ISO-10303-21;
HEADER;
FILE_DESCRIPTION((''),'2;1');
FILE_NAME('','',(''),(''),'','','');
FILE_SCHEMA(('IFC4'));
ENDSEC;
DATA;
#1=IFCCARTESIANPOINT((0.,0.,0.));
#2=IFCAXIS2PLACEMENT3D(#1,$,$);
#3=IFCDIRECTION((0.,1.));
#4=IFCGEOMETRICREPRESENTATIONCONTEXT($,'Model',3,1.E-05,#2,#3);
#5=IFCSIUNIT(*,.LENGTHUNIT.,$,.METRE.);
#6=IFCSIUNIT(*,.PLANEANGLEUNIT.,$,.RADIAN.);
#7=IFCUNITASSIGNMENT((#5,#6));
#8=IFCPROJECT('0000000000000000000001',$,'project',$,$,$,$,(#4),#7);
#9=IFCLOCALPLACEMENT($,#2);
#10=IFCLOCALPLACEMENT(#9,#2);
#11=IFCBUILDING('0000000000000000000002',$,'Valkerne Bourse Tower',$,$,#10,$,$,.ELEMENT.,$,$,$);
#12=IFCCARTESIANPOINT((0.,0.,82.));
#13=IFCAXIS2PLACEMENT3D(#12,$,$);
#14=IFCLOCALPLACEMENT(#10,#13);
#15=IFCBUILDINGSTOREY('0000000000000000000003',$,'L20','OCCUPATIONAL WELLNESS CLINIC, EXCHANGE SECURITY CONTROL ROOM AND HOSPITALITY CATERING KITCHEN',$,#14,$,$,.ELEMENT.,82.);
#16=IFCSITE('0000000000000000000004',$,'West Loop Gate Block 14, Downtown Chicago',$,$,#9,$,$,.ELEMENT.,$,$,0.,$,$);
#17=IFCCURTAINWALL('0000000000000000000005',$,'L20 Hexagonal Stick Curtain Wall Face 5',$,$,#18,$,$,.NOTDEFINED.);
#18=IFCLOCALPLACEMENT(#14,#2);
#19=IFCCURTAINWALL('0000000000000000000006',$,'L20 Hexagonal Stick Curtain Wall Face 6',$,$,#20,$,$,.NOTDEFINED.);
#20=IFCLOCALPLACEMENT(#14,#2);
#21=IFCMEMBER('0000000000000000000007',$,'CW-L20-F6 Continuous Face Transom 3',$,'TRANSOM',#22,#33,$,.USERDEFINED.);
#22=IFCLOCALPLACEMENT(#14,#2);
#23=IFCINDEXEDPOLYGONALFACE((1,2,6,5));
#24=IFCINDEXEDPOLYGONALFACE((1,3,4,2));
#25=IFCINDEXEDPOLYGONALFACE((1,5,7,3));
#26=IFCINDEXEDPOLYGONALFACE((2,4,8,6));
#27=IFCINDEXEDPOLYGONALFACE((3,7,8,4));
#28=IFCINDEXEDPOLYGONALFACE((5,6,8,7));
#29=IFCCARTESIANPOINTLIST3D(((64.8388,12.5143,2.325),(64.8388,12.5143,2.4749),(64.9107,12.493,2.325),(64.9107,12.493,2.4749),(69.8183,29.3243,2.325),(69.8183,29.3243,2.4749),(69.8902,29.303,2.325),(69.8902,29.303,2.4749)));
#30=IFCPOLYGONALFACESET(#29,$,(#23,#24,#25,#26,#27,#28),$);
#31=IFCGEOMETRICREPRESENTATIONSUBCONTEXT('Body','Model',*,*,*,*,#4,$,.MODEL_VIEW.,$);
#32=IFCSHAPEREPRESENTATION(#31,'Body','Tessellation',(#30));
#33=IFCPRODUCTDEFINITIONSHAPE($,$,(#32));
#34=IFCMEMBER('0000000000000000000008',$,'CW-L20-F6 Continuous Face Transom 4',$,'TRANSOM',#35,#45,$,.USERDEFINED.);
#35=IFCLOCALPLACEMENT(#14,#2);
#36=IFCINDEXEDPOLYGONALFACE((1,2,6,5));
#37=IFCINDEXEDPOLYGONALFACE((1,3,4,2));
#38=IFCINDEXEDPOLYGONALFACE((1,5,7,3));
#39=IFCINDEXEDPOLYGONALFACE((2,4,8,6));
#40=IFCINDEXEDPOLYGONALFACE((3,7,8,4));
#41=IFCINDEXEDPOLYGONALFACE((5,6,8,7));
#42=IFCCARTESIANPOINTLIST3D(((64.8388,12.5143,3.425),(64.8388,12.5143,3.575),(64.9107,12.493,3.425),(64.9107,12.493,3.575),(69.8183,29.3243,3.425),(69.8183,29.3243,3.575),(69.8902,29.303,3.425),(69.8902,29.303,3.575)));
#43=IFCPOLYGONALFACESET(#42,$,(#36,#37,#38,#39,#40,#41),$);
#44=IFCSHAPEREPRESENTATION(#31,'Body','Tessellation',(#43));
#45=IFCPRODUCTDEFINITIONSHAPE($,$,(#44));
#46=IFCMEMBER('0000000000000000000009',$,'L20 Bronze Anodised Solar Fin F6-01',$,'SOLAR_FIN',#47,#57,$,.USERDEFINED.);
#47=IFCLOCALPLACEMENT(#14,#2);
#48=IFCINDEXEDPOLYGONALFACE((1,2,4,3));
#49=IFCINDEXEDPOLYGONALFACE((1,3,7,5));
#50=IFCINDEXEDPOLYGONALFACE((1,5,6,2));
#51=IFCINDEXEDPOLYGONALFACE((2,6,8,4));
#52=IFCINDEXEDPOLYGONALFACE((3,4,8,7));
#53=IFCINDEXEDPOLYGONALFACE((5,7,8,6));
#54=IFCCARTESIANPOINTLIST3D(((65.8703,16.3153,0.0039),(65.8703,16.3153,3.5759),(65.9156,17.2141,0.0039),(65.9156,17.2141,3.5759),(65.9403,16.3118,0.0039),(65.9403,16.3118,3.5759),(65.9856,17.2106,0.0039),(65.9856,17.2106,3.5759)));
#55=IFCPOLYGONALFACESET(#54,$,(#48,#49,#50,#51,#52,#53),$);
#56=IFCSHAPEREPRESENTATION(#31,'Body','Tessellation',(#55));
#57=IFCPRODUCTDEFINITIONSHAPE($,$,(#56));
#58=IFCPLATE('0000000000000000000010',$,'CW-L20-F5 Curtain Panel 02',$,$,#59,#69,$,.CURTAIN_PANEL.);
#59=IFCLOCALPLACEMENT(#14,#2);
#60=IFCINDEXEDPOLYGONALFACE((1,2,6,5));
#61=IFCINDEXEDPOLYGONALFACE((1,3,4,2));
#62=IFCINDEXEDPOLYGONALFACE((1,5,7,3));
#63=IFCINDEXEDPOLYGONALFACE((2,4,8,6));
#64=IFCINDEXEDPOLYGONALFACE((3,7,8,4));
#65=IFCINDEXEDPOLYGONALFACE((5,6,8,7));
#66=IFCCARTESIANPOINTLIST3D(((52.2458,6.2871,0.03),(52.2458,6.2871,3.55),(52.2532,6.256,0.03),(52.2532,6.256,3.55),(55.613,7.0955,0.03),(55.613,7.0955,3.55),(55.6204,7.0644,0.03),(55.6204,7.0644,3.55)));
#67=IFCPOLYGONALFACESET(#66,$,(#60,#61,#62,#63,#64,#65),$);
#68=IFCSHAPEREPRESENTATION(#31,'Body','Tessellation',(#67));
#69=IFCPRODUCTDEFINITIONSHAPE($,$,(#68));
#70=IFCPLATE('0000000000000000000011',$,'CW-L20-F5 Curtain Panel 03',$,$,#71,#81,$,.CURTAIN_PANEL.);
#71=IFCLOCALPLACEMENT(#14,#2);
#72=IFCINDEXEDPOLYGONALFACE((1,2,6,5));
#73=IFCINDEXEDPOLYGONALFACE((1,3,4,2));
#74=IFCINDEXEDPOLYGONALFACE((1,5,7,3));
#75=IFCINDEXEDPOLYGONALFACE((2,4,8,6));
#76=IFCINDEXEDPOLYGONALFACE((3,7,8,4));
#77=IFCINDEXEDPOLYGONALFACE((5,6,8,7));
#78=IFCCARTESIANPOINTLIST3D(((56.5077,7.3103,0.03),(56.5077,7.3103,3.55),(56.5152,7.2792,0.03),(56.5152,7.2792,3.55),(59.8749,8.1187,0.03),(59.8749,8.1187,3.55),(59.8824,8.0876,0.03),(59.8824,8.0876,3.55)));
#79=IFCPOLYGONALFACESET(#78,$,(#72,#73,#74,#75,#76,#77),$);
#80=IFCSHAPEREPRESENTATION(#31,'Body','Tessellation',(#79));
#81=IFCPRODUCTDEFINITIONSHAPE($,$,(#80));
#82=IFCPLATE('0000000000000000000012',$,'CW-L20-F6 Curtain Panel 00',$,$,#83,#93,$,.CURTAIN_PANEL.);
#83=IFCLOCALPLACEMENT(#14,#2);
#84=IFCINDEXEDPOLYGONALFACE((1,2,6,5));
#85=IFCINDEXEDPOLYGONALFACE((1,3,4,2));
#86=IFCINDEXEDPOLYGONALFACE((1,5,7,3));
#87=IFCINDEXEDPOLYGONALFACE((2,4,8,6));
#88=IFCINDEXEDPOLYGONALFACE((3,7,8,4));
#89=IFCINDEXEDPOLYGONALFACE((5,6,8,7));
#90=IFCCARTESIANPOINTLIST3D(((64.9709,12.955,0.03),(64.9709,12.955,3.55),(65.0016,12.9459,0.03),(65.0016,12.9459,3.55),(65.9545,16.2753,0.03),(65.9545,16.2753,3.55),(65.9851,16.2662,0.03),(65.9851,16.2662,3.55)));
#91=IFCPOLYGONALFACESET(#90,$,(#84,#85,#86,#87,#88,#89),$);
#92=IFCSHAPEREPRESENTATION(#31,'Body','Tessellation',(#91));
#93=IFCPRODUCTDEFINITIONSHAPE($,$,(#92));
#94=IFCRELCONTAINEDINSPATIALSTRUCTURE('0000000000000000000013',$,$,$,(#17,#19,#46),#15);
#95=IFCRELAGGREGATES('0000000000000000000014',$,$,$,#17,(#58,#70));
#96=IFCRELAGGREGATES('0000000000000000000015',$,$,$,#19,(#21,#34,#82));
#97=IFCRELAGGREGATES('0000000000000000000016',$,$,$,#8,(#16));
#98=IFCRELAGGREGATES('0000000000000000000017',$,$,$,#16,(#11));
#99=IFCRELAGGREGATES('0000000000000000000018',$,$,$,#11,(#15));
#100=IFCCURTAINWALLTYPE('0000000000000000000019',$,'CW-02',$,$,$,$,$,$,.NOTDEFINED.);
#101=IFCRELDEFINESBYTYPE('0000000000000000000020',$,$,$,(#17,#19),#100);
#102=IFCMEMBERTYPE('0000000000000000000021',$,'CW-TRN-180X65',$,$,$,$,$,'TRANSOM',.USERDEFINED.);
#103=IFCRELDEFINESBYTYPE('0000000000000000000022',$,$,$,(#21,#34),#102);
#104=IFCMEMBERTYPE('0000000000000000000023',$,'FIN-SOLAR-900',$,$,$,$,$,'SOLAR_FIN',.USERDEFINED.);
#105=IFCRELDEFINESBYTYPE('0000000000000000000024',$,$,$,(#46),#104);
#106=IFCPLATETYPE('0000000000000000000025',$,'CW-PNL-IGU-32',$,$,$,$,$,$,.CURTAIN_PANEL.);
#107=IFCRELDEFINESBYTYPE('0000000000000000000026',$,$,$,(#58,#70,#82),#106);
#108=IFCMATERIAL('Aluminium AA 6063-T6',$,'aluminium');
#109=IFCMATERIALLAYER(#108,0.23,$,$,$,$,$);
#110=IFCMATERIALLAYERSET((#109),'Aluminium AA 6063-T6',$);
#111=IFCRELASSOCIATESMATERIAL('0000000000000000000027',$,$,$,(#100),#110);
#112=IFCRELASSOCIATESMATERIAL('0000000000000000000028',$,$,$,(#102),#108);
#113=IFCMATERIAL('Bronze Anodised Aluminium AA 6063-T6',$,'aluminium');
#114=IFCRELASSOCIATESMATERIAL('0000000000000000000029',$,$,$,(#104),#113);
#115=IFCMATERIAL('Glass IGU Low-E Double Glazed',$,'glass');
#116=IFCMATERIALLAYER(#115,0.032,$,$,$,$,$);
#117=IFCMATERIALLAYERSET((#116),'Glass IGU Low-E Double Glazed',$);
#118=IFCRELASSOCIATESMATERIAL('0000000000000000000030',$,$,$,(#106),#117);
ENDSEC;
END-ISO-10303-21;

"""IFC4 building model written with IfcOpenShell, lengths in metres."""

from ifc_helpers import new_model, si_unit, direction, frame, origin, origin_2d, place, context, subcontext, project, spatial, rectangle, extrude, material, layer, layer_set, material_profile, profile_set, type_object, element, aggregate, save


model = new_model("IFC4")

# Units and contexts
model_context = context("Model", 3, precision=1e-05, world=origin(), true_north=direction((0.0, 1.0)))
body_context = subcontext(model_context, "Body", "Model", "MODEL_VIEW")
ifc_project = project(units=[si_unit("LENGTHUNIT", "METRE"), si_unit("PLANEANGLEUNIT", "RADIAN")], contexts=[model_context])

# Site, building, storey
site_placement = place(None, origin())
site = spatial("IfcSite", under=ifc_project, at=site_placement, Name="West Loop Gate Block 14, Downtown Chicago", CompositionType="ELEMENT", RefElevation=0.0)
building_placement = place(site_placement, origin())
building = spatial("IfcBuilding", under=site, at=building_placement, Name="Valkerne Bourse Tower", CompositionType="ELEMENT")
storey_placement = place(building_placement, frame((0.0, 0.0, 82.0)))
storey = spatial("IfcBuildingStorey", under=building, at=storey_placement, Name="L20", Description="OCCUPATIONAL WELLNESS CLINIC, EXCHANGE SECURITY CONTROL ROOM AND HOSPITALITY CATERING KITCHEN", CompositionType="ELEMENT", Elevation=82.0)

# Curtain walls, members
ifc_material_1 = material(Name="Aluminium AA 6063-T6", Category="aluminium")
ifc_layer_1 = layer(ifc_material_1, 0.23)
ifc_layer_set_1 = layer_set([ifc_layer_1], Name="Aluminium AA 6063-T6")
curtain_wall_type = type_object("IfcCurtainWallType", Name="CW-02", PredefinedType="NOTDEFINED", material=ifc_layer_set_1)
curtain_wall_1_placement = place(storey_placement, origin())
curtain_wall_1 = element("IfcCurtainWall", 1, at=curtain_wall_1_placement, inside=storey, type_object=curtain_wall_type, Name="L20 Hexagonal Stick Curtain Wall Face 5", PredefinedType="NOTDEFINED")
curtain_wall_2_placement = place(storey_placement, origin())
curtain_wall_2 = element("IfcCurtainWall", 2, at=curtain_wall_2_placement, inside=storey, type_object=curtain_wall_type, Name="L20 Hexagonal Stick Curtain Wall Face 6", PredefinedType="NOTDEFINED")
ifc_material_profile_1 = material_profile(ifc_material_1, rectangle(XDim=0.075, YDim=0.1499, at=origin_2d()), Name="CWT-75X150")
ifc_profile_set_1 = profile_set([ifc_material_profile_1], Name="Aluminium AA 6063-T6")
member_type_1 = type_object("IfcMemberType", Name="CW-TRN-180X65", ElementType="TRANSOM", PredefinedType="USERDEFINED", material=ifc_profile_set_1)
member_1_placement = place(storey_placement, frame((64.8748, 12.5037, 2.3999), z_axis=(0.284022, 0.958818, 0.0), x_axis=(-0.958818, 0.284022, 0.0)))
member_1 = element("IfcMember", 3, at=member_1_placement, type_object=member_type_1, Name="CW-L20-F6 Continuous Face Transom 3", ObjectType="TRANSOM", PredefinedType="USERDEFINED", context=body_context, shape_type="SweptSolid", body=[
    extrude(rectangle(XDim=0.075, YDim=0.1499, at=origin_2d()), origin(), (0.0, 0.0, 1.0), 17.532),
])
member_2_placement = place(storey_placement, frame((64.8748, 12.5037, 3.5), z_axis=(0.284022, 0.958818, 0.0), x_axis=(-0.958818, 0.284022, 0.0)))
member_2 = element("IfcMember", 4, at=member_2_placement, type_object=member_type_1, Name="CW-L20-F6 Continuous Face Transom 4", ObjectType="TRANSOM", PredefinedType="USERDEFINED", context=body_context, shape_type="SweptSolid", body=[
    extrude(rectangle(XDim=0.075, YDim=0.1499, at=origin_2d()), origin(), (0.0, 0.0, 1.0), 17.532),
])

# Member
ifc_material_2 = material(Name="Bronze Anodised Aluminium AA 6063-T6", Category="aluminium")
ifc_material_profile_2 = material_profile(ifc_material_2, rectangle(XDim=0.0701, YDim=0.8999, at=origin_2d()), Name="FIN-70X900")
ifc_profile_set_2 = profile_set([ifc_material_profile_2], Name="Bronze Anodised Aluminium AA 6063-T6")
member_type_2 = type_object("IfcMemberType", Name="FIN-SOLAR-900", ElementType="SOLAR_FIN", PredefinedType="USERDEFINED", material=ifc_profile_set_2)
member_3_placement = place(storey_placement, frame((65.928, 16.7629, 0.0039), z_axis=(0.0, 0.0, 1.0), x_axis=(0.998731, -0.050356, 0.0)))
element("IfcMember", 5, at=member_3_placement, inside=storey, type_object=member_type_2, Name="L20 Bronze Anodised Solar Fin F6-01", ObjectType="SOLAR_FIN", PredefinedType="USERDEFINED", context=body_context, shape_type="SweptSolid", body=[
    extrude(rectangle(XDim=0.0701, YDim=0.8999, at=origin_2d()), origin(), (0.0, 0.0, 1.0), 3.572),
])

# Plates
ifc_material_3 = material(Name="Glass IGU Low-E Double Glazed", Category="glass")
ifc_layer_2 = layer(ifc_material_3, 0.032)
ifc_layer_set_2 = layer_set([ifc_layer_2], Name="Glass IGU Low-E Double Glazed")
plate_type = type_object("IfcPlateType", Name="CW-PNL-IGU-32", PredefinedType="CURTAIN_PANEL", material=ifc_layer_set_2)
plate_1_placement = place(storey_placement, frame((53.9331, 6.6758, 0.03), z_axis=(0.0, 0.0, 1.0), x_axis=(0.972369, 0.233447, 0.0)))
plate_1 = element("IfcPlate", 6, at=plate_1_placement, type_object=plate_type, Name="CW-L20-F5 Curtain Panel 02", PredefinedType="CURTAIN_PANEL", context=body_context, shape_type="SweptSolid", body=[
    extrude(rectangle(XDim=3.4629, YDim=0.032, at=origin_2d()), origin(), (0.0, 0.0, 1.0), 3.52),
])
plate_2_placement = place(storey_placement, frame((58.1951, 7.699, 0.03), z_axis=(0.0, 0.0, 1.0), x_axis=(0.972369, 0.233447, 0.0)))
plate_2 = element("IfcPlate", 7, at=plate_2_placement, type_object=plate_type, Name="CW-L20-F5 Curtain Panel 03", PredefinedType="CURTAIN_PANEL", context=body_context, shape_type="SweptSolid", body=[
    extrude(rectangle(XDim=3.4629, YDim=0.032, at=origin_2d()), origin(), (0.0, 0.0, 1.0), 3.52),
])
aggregate(curtain_wall_1, [plate_1, plate_2])
plate_3_placement = place(storey_placement, frame((65.478, 14.6106, 0.03), z_axis=(0.0, 0.0, 1.0), x_axis=(0.284029, 0.958816, 0.0)))
plate_3 = element("IfcPlate", 8, at=plate_3_placement, type_object=plate_type, Name="CW-L20-F6 Curtain Panel 00", PredefinedType="CURTAIN_PANEL", context=body_context, shape_type="SweptSolid", body=[
    extrude(rectangle(XDim=3.4629, YDim=0.032, at=origin_2d()), origin(), (0.0, 0.0, 1.0), 3.52),
])
aggregate(curtain_wall_2, [member_1, member_2, plate_3])

save(model, "model.ifc")
